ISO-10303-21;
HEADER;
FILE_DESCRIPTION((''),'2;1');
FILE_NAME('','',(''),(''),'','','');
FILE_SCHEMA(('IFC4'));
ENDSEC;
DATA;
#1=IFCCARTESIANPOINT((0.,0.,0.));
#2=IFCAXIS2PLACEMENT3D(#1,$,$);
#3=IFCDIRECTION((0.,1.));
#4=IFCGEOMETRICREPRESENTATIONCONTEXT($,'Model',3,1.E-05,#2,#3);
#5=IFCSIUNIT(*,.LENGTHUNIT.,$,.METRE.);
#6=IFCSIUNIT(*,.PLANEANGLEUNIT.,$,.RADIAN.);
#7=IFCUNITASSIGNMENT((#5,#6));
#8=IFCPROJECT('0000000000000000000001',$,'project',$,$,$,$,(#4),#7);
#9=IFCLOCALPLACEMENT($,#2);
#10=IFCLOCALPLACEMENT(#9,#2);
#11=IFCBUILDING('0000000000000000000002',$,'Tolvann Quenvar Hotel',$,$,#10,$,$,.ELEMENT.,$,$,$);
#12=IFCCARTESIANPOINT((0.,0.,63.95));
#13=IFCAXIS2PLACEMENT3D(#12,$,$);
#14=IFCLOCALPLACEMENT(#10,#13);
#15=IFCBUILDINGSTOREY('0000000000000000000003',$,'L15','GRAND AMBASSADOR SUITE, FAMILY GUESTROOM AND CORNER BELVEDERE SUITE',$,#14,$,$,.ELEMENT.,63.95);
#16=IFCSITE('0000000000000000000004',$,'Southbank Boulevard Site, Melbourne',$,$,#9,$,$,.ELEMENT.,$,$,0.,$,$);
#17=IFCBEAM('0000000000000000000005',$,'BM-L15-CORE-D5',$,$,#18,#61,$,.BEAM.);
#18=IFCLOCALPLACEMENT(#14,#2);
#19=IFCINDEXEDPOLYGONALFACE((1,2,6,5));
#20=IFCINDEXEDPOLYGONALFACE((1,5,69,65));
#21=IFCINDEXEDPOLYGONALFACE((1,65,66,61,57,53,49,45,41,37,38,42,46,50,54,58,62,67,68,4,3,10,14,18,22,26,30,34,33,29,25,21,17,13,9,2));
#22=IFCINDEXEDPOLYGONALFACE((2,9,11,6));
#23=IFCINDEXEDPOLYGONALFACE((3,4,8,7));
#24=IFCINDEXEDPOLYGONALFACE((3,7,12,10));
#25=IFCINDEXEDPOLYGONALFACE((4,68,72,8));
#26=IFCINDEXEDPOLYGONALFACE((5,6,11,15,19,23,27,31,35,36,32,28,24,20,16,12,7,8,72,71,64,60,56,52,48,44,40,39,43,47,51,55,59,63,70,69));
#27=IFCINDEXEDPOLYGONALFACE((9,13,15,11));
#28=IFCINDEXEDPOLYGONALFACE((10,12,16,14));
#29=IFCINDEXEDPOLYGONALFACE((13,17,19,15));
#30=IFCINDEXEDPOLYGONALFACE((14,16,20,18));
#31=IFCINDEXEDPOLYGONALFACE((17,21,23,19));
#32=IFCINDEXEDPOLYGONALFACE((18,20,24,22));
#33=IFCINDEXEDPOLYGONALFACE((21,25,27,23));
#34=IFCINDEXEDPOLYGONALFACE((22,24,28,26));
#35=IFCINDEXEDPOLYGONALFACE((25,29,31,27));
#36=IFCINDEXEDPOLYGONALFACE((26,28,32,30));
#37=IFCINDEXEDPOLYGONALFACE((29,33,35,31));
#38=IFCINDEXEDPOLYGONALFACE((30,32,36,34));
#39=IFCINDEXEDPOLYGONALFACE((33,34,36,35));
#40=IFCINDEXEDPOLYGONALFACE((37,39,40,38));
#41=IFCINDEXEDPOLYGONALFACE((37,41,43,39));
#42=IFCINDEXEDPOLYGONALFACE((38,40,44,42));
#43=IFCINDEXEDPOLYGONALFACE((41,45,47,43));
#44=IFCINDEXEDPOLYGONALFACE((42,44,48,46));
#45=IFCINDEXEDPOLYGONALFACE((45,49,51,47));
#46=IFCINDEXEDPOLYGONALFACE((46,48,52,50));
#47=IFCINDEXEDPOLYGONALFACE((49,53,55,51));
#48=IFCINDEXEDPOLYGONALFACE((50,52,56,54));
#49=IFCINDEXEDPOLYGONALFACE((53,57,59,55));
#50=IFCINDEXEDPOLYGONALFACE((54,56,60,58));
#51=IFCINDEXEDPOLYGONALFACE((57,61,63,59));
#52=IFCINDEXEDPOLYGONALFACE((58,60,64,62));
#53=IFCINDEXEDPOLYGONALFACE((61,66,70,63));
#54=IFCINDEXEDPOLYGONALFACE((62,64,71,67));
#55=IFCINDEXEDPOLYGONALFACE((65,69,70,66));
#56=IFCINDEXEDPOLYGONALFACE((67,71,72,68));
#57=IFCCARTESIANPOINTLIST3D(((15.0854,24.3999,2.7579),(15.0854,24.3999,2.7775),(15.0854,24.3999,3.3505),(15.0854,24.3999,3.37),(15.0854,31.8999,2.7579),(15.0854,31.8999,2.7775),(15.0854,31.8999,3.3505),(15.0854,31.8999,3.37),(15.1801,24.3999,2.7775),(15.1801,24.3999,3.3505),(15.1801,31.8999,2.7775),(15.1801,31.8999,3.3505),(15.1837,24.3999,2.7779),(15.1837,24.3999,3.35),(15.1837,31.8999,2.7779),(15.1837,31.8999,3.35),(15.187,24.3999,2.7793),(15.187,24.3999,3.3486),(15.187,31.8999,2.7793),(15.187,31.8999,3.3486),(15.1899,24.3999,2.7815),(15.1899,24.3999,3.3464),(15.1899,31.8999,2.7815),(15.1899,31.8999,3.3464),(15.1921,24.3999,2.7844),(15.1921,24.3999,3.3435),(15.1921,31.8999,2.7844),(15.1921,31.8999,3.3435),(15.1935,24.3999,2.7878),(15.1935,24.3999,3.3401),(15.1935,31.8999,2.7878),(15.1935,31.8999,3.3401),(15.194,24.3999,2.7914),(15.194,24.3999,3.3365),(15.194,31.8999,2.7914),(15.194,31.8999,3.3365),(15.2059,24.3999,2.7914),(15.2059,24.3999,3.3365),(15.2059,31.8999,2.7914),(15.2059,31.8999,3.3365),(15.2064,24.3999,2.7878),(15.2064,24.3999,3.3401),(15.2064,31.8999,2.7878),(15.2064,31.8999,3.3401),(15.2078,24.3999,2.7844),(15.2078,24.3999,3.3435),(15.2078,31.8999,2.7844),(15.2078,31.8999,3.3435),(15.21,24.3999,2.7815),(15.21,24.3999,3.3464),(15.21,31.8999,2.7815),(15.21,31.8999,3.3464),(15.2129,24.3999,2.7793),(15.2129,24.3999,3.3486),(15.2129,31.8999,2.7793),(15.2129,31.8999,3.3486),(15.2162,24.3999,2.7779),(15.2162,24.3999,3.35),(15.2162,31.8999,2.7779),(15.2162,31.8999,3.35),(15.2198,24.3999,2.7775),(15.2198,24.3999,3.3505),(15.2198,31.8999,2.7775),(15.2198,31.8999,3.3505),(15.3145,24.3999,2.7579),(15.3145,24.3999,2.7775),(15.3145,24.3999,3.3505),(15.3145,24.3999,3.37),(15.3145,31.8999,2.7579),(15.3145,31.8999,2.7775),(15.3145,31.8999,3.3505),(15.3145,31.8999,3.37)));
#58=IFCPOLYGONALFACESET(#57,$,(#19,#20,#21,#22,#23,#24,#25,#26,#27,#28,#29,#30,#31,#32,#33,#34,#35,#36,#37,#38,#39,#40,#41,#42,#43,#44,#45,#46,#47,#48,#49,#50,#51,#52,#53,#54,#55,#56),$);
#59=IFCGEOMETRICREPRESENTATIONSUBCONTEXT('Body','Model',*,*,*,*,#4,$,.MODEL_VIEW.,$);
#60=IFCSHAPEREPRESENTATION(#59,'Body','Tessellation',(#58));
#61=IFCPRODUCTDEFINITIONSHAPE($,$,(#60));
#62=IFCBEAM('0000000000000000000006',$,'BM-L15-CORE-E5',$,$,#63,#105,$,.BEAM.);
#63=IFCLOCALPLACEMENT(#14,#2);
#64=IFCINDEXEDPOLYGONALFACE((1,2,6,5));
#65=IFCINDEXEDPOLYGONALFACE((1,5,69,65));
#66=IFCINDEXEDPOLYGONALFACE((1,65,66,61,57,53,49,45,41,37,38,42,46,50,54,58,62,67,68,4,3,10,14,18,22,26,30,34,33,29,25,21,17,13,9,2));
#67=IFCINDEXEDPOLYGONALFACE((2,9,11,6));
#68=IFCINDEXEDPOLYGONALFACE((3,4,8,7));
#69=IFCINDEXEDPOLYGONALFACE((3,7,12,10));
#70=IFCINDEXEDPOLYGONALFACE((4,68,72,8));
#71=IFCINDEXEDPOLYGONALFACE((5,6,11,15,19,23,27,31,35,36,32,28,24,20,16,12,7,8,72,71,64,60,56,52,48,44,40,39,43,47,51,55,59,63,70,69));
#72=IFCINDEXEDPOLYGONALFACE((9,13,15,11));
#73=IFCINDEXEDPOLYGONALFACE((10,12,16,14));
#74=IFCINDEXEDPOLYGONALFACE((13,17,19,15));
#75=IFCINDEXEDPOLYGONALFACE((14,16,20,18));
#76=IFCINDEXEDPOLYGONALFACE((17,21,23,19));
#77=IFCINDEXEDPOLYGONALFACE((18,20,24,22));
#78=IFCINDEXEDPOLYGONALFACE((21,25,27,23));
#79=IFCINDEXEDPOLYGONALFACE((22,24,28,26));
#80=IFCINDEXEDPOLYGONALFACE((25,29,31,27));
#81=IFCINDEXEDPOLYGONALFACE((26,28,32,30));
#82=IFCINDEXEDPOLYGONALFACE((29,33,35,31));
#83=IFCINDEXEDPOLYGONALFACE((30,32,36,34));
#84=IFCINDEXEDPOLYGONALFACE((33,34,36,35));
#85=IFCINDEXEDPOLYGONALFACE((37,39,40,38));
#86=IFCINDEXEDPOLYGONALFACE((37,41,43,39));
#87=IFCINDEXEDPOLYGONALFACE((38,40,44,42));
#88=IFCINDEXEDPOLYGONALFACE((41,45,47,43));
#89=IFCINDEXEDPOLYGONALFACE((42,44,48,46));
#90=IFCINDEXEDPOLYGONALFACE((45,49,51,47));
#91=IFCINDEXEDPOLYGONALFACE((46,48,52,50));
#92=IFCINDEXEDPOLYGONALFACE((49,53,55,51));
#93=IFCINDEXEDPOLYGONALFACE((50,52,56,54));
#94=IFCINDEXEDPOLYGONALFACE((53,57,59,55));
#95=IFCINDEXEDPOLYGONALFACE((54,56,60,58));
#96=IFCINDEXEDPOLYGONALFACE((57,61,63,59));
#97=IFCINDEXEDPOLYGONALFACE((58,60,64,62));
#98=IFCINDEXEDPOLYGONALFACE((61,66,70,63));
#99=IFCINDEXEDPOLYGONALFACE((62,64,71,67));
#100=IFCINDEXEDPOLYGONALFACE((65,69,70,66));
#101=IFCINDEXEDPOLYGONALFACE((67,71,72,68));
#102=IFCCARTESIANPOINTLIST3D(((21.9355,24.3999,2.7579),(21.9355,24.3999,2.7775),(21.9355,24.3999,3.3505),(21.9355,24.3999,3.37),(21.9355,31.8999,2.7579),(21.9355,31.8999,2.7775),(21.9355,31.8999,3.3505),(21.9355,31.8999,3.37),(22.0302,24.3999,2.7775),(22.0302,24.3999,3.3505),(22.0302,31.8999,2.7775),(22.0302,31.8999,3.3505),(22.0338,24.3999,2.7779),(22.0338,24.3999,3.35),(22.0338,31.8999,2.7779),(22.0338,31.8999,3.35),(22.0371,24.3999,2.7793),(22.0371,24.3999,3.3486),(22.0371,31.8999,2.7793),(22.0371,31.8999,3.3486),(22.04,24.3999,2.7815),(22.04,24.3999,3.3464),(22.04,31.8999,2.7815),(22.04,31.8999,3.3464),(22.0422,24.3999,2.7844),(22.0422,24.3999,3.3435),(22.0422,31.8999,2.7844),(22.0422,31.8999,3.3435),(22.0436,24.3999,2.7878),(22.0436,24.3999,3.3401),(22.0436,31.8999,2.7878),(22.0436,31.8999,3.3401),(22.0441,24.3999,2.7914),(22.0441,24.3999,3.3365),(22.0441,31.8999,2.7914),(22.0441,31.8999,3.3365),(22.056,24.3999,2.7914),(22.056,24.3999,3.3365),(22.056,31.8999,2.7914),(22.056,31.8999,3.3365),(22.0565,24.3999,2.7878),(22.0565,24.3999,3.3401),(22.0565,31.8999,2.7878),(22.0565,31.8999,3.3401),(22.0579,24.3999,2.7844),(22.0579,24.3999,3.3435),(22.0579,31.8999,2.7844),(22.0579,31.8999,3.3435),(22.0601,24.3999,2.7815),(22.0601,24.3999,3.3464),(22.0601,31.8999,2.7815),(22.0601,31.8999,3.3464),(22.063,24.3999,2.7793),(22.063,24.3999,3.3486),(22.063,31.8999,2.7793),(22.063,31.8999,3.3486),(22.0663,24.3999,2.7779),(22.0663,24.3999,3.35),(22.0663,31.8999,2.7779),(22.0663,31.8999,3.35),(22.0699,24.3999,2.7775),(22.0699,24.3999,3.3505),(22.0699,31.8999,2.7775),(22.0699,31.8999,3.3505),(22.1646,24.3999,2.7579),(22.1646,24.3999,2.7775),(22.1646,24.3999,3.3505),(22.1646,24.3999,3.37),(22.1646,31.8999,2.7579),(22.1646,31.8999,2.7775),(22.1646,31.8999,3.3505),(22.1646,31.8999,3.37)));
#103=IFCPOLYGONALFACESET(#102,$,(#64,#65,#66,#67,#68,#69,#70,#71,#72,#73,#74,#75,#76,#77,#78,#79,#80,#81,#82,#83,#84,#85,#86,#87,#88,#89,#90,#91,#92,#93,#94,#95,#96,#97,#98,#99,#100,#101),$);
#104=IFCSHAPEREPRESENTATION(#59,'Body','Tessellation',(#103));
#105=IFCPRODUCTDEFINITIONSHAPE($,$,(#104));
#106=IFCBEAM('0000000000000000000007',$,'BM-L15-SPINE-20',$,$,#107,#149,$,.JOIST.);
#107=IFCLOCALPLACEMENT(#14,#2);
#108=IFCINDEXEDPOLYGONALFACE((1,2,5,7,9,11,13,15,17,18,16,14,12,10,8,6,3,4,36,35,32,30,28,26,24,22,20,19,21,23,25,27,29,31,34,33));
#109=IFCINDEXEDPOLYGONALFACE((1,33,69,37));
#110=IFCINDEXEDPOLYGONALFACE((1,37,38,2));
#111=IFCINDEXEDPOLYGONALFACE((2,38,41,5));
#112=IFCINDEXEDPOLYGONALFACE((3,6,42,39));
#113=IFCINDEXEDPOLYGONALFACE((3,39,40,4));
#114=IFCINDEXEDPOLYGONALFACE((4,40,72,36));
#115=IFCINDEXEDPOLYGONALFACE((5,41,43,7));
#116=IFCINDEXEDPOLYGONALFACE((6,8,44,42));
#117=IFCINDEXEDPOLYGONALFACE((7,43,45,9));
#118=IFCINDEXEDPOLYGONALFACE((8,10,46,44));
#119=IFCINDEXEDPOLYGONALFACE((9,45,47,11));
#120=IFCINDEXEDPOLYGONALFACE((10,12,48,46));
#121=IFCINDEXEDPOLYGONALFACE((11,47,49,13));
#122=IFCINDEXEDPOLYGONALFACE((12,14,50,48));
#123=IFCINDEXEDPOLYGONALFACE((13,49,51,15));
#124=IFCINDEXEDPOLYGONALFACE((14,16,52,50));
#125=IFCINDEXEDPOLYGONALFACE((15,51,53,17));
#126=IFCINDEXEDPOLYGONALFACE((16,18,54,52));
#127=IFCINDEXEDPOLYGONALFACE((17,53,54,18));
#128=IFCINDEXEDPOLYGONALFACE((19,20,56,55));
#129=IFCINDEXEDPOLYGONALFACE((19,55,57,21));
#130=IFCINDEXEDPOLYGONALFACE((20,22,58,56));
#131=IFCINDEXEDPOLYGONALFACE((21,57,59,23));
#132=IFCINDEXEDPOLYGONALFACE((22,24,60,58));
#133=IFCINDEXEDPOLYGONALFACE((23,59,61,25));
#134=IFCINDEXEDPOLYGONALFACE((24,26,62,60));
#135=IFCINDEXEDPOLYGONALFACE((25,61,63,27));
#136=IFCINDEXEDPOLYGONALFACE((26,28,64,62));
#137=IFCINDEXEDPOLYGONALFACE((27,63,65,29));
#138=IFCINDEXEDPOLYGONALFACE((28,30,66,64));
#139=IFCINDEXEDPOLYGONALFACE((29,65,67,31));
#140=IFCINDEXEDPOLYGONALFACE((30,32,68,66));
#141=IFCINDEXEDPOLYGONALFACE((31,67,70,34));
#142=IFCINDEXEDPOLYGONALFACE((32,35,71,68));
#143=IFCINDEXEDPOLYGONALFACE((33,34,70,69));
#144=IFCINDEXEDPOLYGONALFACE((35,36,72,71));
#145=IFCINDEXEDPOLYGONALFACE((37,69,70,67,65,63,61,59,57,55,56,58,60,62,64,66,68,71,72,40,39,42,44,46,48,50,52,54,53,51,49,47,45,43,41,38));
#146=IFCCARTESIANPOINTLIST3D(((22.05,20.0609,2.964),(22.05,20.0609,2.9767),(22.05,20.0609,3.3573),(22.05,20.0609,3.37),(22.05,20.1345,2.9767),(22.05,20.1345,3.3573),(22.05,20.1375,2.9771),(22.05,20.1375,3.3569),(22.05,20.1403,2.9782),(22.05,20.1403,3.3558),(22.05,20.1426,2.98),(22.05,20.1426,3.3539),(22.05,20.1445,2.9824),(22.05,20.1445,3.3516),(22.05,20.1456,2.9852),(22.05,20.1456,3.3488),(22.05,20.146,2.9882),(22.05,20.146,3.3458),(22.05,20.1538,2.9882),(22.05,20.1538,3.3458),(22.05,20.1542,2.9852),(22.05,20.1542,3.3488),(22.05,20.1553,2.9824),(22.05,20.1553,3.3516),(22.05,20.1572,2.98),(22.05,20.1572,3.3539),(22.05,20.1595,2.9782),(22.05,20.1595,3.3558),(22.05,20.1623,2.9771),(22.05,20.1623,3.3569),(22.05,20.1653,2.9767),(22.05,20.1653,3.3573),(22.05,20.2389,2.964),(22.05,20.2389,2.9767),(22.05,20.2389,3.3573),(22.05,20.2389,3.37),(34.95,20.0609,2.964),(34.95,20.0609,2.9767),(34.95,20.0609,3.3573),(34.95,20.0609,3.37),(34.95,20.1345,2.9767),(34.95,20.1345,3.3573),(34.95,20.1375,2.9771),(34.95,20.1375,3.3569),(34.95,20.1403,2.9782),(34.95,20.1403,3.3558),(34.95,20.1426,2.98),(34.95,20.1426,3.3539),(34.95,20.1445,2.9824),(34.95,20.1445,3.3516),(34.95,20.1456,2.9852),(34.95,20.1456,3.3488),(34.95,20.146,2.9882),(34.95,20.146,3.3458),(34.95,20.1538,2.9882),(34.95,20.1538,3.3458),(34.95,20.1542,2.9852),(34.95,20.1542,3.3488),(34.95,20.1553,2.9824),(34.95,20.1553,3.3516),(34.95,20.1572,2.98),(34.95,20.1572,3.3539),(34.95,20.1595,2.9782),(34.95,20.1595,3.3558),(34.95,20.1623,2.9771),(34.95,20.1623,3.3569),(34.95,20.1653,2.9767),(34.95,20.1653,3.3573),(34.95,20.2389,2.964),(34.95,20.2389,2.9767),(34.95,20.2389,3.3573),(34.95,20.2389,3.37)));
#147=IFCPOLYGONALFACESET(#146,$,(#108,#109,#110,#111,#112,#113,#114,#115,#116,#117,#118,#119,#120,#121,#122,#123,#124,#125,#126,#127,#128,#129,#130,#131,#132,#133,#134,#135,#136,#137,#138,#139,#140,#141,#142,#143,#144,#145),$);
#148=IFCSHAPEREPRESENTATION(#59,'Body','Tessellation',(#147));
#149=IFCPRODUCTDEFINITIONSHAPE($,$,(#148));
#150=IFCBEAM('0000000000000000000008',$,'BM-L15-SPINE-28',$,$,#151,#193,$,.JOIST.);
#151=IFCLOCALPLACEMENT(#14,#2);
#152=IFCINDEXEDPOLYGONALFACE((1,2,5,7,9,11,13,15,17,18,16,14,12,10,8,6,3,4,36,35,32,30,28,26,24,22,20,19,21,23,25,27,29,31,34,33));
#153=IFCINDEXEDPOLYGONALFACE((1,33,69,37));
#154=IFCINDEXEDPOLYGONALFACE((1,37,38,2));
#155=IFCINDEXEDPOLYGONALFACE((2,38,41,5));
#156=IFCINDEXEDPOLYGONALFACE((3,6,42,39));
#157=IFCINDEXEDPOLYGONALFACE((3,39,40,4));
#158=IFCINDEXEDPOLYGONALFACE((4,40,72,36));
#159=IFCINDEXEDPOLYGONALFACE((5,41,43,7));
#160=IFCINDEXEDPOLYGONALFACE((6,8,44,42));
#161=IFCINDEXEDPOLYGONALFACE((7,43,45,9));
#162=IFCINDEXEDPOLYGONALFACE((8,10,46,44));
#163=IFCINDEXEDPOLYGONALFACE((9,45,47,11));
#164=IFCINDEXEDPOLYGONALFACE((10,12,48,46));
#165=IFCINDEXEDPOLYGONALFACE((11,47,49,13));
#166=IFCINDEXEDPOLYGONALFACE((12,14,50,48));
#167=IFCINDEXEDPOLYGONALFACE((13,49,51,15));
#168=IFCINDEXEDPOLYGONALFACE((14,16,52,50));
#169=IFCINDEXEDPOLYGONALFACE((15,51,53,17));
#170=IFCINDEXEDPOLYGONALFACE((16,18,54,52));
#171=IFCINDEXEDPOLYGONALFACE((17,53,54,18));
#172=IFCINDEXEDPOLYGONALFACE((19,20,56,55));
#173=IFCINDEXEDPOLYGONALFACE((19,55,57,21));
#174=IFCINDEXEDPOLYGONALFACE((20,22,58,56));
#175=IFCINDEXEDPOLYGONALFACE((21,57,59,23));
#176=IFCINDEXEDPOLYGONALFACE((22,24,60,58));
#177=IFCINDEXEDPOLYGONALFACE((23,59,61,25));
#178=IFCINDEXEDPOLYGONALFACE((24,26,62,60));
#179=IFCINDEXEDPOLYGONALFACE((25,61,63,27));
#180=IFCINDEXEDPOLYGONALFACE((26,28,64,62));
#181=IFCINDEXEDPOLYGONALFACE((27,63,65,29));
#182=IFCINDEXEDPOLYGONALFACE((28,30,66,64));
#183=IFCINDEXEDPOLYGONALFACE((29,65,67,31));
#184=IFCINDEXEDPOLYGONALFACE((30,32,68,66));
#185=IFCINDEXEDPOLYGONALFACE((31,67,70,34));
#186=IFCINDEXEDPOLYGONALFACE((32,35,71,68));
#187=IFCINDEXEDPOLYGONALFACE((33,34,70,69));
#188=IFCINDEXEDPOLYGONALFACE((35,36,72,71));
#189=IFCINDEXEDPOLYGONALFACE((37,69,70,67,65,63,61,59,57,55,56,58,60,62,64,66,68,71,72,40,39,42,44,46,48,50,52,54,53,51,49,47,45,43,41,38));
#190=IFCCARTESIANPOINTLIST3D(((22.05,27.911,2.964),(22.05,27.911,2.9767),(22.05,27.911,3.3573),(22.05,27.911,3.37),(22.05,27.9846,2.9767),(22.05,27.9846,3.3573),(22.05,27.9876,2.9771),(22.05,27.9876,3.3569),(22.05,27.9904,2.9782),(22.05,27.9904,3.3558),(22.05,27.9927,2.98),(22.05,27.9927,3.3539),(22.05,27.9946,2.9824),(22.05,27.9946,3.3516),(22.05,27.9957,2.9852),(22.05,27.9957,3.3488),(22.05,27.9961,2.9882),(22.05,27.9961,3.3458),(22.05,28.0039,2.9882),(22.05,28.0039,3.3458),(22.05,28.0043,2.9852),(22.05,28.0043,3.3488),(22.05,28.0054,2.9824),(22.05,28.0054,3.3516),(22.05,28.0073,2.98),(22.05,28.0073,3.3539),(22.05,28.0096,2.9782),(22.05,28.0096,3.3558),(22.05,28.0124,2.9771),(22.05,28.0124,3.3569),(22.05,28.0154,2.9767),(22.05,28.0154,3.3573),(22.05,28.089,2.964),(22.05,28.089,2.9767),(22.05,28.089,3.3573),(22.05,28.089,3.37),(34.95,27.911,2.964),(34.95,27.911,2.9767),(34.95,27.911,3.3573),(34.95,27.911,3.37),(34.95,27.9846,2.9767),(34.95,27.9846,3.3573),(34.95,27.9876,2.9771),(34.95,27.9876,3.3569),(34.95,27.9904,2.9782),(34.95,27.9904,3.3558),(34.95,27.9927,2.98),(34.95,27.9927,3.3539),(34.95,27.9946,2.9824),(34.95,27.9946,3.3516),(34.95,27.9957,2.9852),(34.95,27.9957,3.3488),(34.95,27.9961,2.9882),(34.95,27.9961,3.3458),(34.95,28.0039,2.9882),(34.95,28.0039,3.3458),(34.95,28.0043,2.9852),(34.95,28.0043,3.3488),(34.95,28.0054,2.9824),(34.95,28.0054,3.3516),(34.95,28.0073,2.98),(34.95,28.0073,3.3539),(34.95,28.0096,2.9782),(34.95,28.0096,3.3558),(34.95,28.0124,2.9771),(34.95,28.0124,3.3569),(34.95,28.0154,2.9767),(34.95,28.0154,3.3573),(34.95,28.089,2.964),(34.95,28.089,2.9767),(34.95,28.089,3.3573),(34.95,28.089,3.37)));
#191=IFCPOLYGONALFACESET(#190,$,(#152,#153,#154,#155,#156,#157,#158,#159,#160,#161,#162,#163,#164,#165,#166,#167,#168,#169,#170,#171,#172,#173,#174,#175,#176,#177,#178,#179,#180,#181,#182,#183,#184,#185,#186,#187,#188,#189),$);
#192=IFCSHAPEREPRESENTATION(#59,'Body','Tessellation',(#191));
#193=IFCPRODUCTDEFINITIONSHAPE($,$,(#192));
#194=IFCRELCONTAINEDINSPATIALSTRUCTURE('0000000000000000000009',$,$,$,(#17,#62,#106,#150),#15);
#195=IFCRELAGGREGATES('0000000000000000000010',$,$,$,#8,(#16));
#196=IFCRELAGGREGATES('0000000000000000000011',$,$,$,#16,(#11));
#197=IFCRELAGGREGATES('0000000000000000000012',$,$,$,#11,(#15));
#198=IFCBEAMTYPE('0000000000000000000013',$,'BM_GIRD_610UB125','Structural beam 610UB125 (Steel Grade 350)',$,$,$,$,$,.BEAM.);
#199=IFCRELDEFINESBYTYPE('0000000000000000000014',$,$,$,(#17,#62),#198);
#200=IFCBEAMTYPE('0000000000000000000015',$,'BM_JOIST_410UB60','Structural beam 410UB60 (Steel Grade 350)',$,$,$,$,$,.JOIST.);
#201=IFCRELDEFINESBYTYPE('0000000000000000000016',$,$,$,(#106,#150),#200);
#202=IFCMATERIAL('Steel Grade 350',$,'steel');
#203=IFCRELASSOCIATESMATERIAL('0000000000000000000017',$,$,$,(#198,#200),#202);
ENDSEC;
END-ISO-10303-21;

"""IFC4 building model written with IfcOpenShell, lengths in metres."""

from ifc_helpers import new_model, si_unit, direction, frame, origin, origin_2d, place, context, subcontext, project, spatial, i_section, extrude, source, transform, mapped, material, material_profile, profile_set, type_object, element, save


model = new_model("IFC4")

# Units and contexts
model_context = context("Model", 3, precision=1e-05, world=origin(), true_north=direction((0.0, 1.0)))
body_context = subcontext(model_context, "Body", "Model", "MODEL_VIEW")
ifc_project = project(units=[si_unit("LENGTHUNIT", "METRE"), si_unit("PLANEANGLEUNIT", "RADIAN")], contexts=[model_context])

# Site, building, storey
site_placement = place(None, origin())
site = spatial("IfcSite", under=ifc_project, at=site_placement, Name="Southbank Boulevard Site, Melbourne", CompositionType="ELEMENT", RefElevation=0.0)
building_placement = place(site_placement, origin())
building = spatial("IfcBuilding", under=site, at=building_placement, Name="Tolvann Quenvar Hotel", CompositionType="ELEMENT")
storey_placement = place(building_placement, frame((0.0, 0.0, 63.95)))
storey = spatial("IfcBuildingStorey", under=building, at=storey_placement, Name="L15", Description="GRAND AMBASSADOR SUITE, FAMILY GUESTROOM AND CORNER BELVEDERE SUITE", CompositionType="ELEMENT", Elevation=63.95)

# Shared definitions
ifc_material_1 = material(Name="Steel Grade 350", Category="steel")

# Beams
ifc_material_profile_1 = material_profile(ifc_material_1, i_section(OverallWidth=0.229, OverallDepth=0.6121, WebThickness=0.012, FlangeThickness=0.0195, FilletRadius=0.0139, at=origin_2d()), Name="610UB125")
ifc_profile_set_1 = profile_set([ifc_material_profile_1], Name="Steel Grade 350")
beam_type_1 = type_object("IfcBeamType", Name="BM_GIRD_610UB125", Description="Structural beam 610UB125 (Steel Grade 350)", PredefinedType="BEAM", material=ifc_profile_set_1)
shared_shape_1 = source(origin(), body_context, "Body", "SweptSolid", [
    extrude(i_section(OverallWidth=0.229, OverallDepth=0.6121, WebThickness=0.012, FlangeThickness=0.0195, FilletRadius=0.0139, at=origin_2d()), origin(), (0.0, 0.0, 1.0), 7.5),
])
for number, where, z_axis, x_axis, name in (
    (1, (15.2, 24.3999, 3.064), (0.0, 1.0, 0.0), (-1.0, 0.0, 0.0), "BM-L15-CORE-D5"),
    (2, (22.05, 24.3999, 3.064), (0.0, 1.0, 0.0), (-1.0, 0.0, 0.0), "BM-L15-CORE-E5"),
):
    element("IfcBeam", number, at=place(storey_placement, frame(where, z_axis=z_axis, x_axis=x_axis)), inside=storey, type_object=beam_type_1, Name=name, PredefinedType="BEAM", context=body_context, shape_type="MappedRepresentation", body=[
        mapped(shared_shape_1, transform((0.0, 0.0, 0.0), x_axis=(1.0, 0.0, 0.0), y_axis=(0.0, 1.0, 0.0), z_axis=(0.0, 0.0, 1.0), scale=1.0)),
    ])
ifc_material_profile_2 = material_profile(ifc_material_1, i_section(OverallWidth=0.178, OverallDepth=0.406, WebThickness=0.0078, FlangeThickness=0.0127, FilletRadius=0.0115, at=origin_2d()), Name="410UB60")
ifc_profile_set_2 = profile_set([ifc_material_profile_2], Name="Steel Grade 350")
beam_type_2 = type_object("IfcBeamType", Name="BM_JOIST_410UB60", Description="Structural beam 410UB60 (Steel Grade 350)", PredefinedType="JOIST", material=ifc_profile_set_2)
shared_shape_2 = source(origin(), body_context, "Body", "SweptSolid", [
    extrude(i_section(OverallWidth=0.178, OverallDepth=0.406, WebThickness=0.0078, FlangeThickness=0.0127, FilletRadius=0.0115, at=origin_2d()), origin(), (0.0, 0.0, 1.0), 12.8999),
])
for number, where, z_axis, x_axis, name in (
    (3, (22.05, 20.1499, 3.167), (1.0, 0.0, 0.0), (0.0, 1.0, 0.0), "BM-L15-SPINE-20"),
    (4, (22.05, 28.0, 3.167), (1.0, 0.0, 0.0), (0.0, 1.0, 0.0), "BM-L15-SPINE-28"),
):
    element("IfcBeam", number, at=place(storey_placement, frame(where, z_axis=z_axis, x_axis=x_axis)), inside=storey, type_object=beam_type_2, Name=name, PredefinedType="JOIST", context=body_context, shape_type="MappedRepresentation", body=[
        mapped(shared_shape_2, transform((0.0, 0.0, 0.0), x_axis=(1.0, 0.0, 0.0), y_axis=(0.0, 1.0, 0.0), z_axis=(0.0, 0.0, 1.0), scale=1.0)),
    ])

save(model, "model.ifc")
